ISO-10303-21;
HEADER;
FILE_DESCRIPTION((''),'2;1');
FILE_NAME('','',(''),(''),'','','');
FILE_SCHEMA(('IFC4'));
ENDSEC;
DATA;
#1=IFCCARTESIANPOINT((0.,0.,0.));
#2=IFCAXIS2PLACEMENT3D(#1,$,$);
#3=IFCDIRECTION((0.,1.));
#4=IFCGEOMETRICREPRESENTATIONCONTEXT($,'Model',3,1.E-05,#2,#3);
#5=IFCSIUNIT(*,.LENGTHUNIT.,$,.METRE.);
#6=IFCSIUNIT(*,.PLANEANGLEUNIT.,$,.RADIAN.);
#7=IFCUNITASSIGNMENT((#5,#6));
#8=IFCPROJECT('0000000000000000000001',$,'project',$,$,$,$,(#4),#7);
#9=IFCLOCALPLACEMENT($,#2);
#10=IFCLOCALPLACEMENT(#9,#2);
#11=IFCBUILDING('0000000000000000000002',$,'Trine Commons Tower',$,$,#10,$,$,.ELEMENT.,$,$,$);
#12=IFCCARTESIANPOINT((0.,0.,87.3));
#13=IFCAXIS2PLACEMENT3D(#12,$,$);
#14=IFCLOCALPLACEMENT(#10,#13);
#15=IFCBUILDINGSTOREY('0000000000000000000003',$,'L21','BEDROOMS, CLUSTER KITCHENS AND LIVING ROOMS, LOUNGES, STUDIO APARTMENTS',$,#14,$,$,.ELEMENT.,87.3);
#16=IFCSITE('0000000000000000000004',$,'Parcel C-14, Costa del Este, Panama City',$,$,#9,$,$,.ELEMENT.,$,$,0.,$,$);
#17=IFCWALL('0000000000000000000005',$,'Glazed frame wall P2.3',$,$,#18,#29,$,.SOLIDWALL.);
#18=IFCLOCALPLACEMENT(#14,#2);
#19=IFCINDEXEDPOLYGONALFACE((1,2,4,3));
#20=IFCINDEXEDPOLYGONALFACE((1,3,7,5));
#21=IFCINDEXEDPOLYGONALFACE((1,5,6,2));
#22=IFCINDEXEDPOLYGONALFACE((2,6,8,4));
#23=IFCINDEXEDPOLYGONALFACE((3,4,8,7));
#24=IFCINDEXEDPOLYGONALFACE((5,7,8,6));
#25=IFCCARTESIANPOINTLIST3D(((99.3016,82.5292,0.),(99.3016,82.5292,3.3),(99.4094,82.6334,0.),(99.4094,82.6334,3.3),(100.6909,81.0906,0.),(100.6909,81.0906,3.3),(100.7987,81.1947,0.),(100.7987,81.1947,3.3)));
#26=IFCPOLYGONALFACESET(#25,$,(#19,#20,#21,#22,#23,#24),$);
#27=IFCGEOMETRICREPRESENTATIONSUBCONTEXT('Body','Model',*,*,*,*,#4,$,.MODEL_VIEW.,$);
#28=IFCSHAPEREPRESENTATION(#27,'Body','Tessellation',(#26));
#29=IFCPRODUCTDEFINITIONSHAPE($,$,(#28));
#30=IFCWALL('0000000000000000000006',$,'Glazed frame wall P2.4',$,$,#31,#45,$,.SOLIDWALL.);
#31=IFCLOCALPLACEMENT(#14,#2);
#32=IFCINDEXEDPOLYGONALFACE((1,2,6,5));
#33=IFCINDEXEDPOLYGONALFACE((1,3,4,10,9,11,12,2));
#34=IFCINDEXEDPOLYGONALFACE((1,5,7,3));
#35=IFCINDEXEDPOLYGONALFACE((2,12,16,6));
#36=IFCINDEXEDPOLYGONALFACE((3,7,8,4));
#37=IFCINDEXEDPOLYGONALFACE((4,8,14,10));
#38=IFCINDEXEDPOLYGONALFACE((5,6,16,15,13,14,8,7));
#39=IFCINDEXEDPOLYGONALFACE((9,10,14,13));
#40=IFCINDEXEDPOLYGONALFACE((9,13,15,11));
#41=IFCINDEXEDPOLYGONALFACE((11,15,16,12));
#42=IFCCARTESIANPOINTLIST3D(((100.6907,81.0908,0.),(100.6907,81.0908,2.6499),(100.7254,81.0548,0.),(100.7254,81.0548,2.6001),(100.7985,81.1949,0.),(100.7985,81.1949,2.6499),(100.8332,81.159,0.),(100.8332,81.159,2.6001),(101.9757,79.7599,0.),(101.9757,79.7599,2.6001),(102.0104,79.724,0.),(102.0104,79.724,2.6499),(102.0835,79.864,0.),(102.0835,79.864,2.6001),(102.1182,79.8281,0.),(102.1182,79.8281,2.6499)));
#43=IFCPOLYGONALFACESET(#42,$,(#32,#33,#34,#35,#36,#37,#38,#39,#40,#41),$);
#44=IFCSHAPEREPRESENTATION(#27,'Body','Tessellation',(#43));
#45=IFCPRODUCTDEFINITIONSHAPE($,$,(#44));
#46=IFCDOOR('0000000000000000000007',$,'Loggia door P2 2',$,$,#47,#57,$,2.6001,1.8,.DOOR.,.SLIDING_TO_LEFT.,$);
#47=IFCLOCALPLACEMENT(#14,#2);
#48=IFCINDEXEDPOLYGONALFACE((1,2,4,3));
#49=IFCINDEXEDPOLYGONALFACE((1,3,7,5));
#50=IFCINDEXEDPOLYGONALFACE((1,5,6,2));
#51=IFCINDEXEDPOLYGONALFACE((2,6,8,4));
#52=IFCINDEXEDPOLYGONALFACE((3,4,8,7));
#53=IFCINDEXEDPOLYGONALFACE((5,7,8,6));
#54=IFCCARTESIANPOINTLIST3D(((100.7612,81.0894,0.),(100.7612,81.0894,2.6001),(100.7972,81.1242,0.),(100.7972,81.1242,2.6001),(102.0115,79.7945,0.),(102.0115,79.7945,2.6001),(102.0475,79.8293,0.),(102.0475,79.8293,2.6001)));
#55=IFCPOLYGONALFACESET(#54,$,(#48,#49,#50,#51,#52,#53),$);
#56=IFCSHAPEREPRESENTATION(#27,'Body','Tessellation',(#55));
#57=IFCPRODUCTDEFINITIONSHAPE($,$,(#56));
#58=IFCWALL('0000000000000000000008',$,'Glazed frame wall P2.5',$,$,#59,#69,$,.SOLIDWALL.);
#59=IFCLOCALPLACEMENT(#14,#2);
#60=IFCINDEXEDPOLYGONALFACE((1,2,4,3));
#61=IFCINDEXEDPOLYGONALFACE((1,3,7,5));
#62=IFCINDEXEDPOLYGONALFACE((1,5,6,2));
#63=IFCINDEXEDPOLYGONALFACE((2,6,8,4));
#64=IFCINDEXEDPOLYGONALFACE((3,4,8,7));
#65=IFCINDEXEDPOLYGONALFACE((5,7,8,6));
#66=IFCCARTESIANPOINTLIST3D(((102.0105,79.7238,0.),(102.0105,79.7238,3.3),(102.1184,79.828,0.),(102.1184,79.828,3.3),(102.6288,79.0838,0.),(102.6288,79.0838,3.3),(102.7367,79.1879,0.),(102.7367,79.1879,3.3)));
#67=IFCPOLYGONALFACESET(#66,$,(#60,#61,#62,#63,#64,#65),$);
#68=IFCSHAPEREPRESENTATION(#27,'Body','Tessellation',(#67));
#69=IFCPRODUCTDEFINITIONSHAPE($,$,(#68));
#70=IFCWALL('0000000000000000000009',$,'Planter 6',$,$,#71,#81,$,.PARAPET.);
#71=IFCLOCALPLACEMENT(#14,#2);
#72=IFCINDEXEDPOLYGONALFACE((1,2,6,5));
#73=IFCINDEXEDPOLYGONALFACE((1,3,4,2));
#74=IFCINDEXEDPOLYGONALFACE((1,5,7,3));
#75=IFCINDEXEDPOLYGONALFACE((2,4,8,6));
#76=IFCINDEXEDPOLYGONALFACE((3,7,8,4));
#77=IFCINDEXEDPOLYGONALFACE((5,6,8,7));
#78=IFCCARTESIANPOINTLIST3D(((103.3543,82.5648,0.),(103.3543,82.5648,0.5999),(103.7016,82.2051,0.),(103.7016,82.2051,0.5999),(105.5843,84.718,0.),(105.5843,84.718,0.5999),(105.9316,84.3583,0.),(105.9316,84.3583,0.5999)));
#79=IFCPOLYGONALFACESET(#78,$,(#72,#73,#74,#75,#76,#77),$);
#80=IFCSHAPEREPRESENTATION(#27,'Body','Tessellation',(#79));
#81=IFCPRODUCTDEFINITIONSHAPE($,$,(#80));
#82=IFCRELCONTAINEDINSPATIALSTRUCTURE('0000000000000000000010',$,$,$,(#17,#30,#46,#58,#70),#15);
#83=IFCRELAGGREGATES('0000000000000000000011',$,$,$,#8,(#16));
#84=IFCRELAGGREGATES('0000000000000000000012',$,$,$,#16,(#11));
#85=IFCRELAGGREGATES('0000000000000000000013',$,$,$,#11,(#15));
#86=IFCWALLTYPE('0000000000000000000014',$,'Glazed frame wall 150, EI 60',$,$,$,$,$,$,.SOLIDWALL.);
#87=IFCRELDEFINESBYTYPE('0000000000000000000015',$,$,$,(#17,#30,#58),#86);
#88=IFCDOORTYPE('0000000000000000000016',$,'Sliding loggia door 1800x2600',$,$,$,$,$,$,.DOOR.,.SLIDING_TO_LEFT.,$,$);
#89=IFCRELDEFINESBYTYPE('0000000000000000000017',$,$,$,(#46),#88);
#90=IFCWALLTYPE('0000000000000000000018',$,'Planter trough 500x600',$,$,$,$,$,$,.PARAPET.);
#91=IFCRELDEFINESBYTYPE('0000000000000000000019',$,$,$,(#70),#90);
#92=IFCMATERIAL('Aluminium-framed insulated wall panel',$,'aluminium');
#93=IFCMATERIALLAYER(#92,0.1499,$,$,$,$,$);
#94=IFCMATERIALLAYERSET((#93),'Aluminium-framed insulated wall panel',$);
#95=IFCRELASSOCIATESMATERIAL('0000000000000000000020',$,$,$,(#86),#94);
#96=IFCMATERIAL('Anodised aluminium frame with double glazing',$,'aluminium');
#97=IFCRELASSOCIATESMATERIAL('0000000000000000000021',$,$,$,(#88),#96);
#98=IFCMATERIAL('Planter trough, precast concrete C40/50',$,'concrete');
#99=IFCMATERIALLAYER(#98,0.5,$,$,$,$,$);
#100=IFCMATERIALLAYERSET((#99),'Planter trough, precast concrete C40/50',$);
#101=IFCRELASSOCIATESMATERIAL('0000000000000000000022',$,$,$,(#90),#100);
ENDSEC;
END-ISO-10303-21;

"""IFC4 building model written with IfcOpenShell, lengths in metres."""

from ifc_helpers import new_model, si_unit, direction, frame, frame_2d, origin, place, context, subcontext, project, spatial, polyline, rectangle, outline, extrude, material, layer, layer_set, type_object, element, fill, save


model = new_model("IFC4")

# Units and contexts
model_context = context("Model", 3, precision=1e-05, world=origin(), true_north=direction((0.0, 1.0)))
body_context = subcontext(model_context, "Body", "Model", "MODEL_VIEW")
ifc_project = project(units=[si_unit("LENGTHUNIT", "METRE"), si_unit("PLANEANGLEUNIT", "RADIAN")], contexts=[model_context])

# Site, building, storey
site_placement = place(None, origin())
site = spatial("IfcSite", under=ifc_project, at=site_placement, Name="Parcel C-14, Costa del Este, Panama City", CompositionType="ELEMENT", RefElevation=0.0)
building_placement = place(site_placement, origin())
building = spatial("IfcBuilding", under=site, at=building_placement, Name="Trine Commons Tower", CompositionType="ELEMENT")
storey_placement = place(building_placement, frame((0.0, 0.0, 87.3)))
storey = spatial("IfcBuildingStorey", under=building, at=storey_placement, Name="L21", Description="BEDROOMS, CLUSTER KITCHENS AND LIVING ROOMS, LOUNGES, STUDIO APARTMENTS", CompositionType="ELEMENT", Elevation=87.3)

# Wall
ifc_material_1 = material(Name="Aluminium-framed insulated wall panel", Category="aluminium")
ifc_layer_1 = layer(ifc_material_1, 0.1499)
ifc_layer_set_1 = layer_set([ifc_layer_1], Name="Aluminium-framed insulated wall panel")
wall_type_1 = type_object("IfcWallType", Name="Glazed frame wall 150, EI 60", PredefinedType="SOLIDWALL", material=ifc_layer_set_1)
wall_1_placement = place(storey_placement, frame((99.3555, 82.5813, 0.0), z_axis=(0.0, 0.0, 1.0), x_axis=(0.694669, -0.71933, 0.0)))
element("IfcWall", 1, at=wall_1_placement, inside=storey, type_object=wall_type_1, Name="Glazed frame wall P2.3", PredefinedType="SOLIDWALL", context=body_context, shape_type="SweptSolid", body=[
    extrude(outline(polyline([(0.0, -0.075), (2.0, -0.075), (2.0, 0.075), (0.0, 0.075), (0.0, -0.075)])), origin(), (0.0, 0.0, 1.0), 3.3),
])

# Wall, opening, door
wall_2_placement = place(storey_placement, frame((100.7446, 81.1428, 0.0), z_axis=(0.0, 0.0, 1.0), x_axis=(0.694599, -0.719397, 0.0)))
wall_2 = element("IfcWall", 2, at=wall_2_placement, inside=storey, type_object=wall_type_1, Name="Glazed frame wall P2.4", PredefinedType="SOLIDWALL", context=body_context, shape_type="SweptSolid", body=[
    extrude(outline(polyline([(0.0, -0.075), (1.8999, -0.075), (1.8999, 0.075), (0.0, 0.075), (0.0, -0.075)])), origin(), (0.0, 0.0, 1.0), 2.6499),
])
opening_1_placement = place(wall_2_placement, frame((0.05, 0.0, 0.0)))
opening_1 = element("IfcOpeningElement", 3, at=opening_1_placement, cuts=wall_2, PredefinedType="OPENING", context=body_context, shape_type="SweptSolid", body=[
    extrude(rectangle(XDim=1.8, YDim=2.6001, at=frame_2d((0.8999, 1.3))), frame((0.0, 0.085, 0.0), z_axis=(0.0, -1.0, 0.0), x_axis=(1.0, 0.0, 0.0)), (0.0, 0.0, 1.0), 0.1699),
])
ifc_material_2 = material(Name="Anodised aluminium frame with double glazing", Category="aluminium")
door_type = type_object("IfcDoorType", Name="Sliding loggia door 1800x2600", OperationType="SLIDING_TO_LEFT", PredefinedType="DOOR", material=ifc_material_2)
door_1_placement = place(opening_1_placement, origin())
door_1 = element("IfcDoor", 4, at=door_1_placement, inside=storey, type_object=door_type, Name="Loggia door P2 2", OperationType="SLIDING_TO_LEFT", OverallHeight=2.6001, OverallWidth=1.8, PredefinedType="DOOR", context=body_context, shape_type="SweptSolid", body=[
    extrude(rectangle(XDim=1.8, YDim=2.6001, at=frame_2d((0.8999, 1.3))), frame((0.0, 0.0249, 0.0), z_axis=(0.0, -1.0, 0.0), x_axis=(1.0, 0.0, 0.0)), (0.0, 0.0, 1.0), 0.05),
])
fill(opening_1, door_1)

# Wall
wall_3_placement = place(storey_placement, frame((102.0645, 79.7759, 0.0), z_axis=(0.0, 0.0, 1.0), x_axis=(0.694795, -0.719208, 0.0)))
element("IfcWall", 5, at=wall_3_placement, inside=storey, type_object=wall_type_1, Name="Glazed frame wall P2.5", PredefinedType="SOLIDWALL", context=body_context, shape_type="SweptSolid", body=[
    extrude(outline(polyline([(0.8899, 0.075), (0.0, 0.075), (0.0, -0.075), (0.8899, -0.075), (0.8899, 0.075)])), origin(), (0.0, 0.0, 1.0), 3.3),
])

# Wall
ifc_material_3 = material(Name="Planter trough, precast concrete C40/50", Category="concrete")
ifc_layer_2 = layer(ifc_material_3, 0.5)
ifc_layer_set_2 = layer_set([ifc_layer_2], Name="Planter trough, precast concrete C40/50")
wall_type_2 = type_object("IfcWallType", Name="Planter trough 500x600", PredefinedType="PARAPET", material=ifc_layer_set_2)
wall_4_placement = place(storey_placement, frame((103.5281, 82.385, 0.0), z_axis=(0.0, 0.0, 1.0), x_axis=(0.719363, 0.694634, 0.0)))
element("IfcWall", 6, at=wall_4_placement, inside=storey, type_object=wall_type_2, Name="Planter 6", PredefinedType="PARAPET", context=body_context, shape_type="SweptSolid", body=[
    extrude(rectangle(XDim=3.0999, YDim=0.5, at=frame_2d((1.5498, 0.0))), origin(), (0.0, 0.0, 1.0), 0.5999),
])

save(model, "model.ifc")
